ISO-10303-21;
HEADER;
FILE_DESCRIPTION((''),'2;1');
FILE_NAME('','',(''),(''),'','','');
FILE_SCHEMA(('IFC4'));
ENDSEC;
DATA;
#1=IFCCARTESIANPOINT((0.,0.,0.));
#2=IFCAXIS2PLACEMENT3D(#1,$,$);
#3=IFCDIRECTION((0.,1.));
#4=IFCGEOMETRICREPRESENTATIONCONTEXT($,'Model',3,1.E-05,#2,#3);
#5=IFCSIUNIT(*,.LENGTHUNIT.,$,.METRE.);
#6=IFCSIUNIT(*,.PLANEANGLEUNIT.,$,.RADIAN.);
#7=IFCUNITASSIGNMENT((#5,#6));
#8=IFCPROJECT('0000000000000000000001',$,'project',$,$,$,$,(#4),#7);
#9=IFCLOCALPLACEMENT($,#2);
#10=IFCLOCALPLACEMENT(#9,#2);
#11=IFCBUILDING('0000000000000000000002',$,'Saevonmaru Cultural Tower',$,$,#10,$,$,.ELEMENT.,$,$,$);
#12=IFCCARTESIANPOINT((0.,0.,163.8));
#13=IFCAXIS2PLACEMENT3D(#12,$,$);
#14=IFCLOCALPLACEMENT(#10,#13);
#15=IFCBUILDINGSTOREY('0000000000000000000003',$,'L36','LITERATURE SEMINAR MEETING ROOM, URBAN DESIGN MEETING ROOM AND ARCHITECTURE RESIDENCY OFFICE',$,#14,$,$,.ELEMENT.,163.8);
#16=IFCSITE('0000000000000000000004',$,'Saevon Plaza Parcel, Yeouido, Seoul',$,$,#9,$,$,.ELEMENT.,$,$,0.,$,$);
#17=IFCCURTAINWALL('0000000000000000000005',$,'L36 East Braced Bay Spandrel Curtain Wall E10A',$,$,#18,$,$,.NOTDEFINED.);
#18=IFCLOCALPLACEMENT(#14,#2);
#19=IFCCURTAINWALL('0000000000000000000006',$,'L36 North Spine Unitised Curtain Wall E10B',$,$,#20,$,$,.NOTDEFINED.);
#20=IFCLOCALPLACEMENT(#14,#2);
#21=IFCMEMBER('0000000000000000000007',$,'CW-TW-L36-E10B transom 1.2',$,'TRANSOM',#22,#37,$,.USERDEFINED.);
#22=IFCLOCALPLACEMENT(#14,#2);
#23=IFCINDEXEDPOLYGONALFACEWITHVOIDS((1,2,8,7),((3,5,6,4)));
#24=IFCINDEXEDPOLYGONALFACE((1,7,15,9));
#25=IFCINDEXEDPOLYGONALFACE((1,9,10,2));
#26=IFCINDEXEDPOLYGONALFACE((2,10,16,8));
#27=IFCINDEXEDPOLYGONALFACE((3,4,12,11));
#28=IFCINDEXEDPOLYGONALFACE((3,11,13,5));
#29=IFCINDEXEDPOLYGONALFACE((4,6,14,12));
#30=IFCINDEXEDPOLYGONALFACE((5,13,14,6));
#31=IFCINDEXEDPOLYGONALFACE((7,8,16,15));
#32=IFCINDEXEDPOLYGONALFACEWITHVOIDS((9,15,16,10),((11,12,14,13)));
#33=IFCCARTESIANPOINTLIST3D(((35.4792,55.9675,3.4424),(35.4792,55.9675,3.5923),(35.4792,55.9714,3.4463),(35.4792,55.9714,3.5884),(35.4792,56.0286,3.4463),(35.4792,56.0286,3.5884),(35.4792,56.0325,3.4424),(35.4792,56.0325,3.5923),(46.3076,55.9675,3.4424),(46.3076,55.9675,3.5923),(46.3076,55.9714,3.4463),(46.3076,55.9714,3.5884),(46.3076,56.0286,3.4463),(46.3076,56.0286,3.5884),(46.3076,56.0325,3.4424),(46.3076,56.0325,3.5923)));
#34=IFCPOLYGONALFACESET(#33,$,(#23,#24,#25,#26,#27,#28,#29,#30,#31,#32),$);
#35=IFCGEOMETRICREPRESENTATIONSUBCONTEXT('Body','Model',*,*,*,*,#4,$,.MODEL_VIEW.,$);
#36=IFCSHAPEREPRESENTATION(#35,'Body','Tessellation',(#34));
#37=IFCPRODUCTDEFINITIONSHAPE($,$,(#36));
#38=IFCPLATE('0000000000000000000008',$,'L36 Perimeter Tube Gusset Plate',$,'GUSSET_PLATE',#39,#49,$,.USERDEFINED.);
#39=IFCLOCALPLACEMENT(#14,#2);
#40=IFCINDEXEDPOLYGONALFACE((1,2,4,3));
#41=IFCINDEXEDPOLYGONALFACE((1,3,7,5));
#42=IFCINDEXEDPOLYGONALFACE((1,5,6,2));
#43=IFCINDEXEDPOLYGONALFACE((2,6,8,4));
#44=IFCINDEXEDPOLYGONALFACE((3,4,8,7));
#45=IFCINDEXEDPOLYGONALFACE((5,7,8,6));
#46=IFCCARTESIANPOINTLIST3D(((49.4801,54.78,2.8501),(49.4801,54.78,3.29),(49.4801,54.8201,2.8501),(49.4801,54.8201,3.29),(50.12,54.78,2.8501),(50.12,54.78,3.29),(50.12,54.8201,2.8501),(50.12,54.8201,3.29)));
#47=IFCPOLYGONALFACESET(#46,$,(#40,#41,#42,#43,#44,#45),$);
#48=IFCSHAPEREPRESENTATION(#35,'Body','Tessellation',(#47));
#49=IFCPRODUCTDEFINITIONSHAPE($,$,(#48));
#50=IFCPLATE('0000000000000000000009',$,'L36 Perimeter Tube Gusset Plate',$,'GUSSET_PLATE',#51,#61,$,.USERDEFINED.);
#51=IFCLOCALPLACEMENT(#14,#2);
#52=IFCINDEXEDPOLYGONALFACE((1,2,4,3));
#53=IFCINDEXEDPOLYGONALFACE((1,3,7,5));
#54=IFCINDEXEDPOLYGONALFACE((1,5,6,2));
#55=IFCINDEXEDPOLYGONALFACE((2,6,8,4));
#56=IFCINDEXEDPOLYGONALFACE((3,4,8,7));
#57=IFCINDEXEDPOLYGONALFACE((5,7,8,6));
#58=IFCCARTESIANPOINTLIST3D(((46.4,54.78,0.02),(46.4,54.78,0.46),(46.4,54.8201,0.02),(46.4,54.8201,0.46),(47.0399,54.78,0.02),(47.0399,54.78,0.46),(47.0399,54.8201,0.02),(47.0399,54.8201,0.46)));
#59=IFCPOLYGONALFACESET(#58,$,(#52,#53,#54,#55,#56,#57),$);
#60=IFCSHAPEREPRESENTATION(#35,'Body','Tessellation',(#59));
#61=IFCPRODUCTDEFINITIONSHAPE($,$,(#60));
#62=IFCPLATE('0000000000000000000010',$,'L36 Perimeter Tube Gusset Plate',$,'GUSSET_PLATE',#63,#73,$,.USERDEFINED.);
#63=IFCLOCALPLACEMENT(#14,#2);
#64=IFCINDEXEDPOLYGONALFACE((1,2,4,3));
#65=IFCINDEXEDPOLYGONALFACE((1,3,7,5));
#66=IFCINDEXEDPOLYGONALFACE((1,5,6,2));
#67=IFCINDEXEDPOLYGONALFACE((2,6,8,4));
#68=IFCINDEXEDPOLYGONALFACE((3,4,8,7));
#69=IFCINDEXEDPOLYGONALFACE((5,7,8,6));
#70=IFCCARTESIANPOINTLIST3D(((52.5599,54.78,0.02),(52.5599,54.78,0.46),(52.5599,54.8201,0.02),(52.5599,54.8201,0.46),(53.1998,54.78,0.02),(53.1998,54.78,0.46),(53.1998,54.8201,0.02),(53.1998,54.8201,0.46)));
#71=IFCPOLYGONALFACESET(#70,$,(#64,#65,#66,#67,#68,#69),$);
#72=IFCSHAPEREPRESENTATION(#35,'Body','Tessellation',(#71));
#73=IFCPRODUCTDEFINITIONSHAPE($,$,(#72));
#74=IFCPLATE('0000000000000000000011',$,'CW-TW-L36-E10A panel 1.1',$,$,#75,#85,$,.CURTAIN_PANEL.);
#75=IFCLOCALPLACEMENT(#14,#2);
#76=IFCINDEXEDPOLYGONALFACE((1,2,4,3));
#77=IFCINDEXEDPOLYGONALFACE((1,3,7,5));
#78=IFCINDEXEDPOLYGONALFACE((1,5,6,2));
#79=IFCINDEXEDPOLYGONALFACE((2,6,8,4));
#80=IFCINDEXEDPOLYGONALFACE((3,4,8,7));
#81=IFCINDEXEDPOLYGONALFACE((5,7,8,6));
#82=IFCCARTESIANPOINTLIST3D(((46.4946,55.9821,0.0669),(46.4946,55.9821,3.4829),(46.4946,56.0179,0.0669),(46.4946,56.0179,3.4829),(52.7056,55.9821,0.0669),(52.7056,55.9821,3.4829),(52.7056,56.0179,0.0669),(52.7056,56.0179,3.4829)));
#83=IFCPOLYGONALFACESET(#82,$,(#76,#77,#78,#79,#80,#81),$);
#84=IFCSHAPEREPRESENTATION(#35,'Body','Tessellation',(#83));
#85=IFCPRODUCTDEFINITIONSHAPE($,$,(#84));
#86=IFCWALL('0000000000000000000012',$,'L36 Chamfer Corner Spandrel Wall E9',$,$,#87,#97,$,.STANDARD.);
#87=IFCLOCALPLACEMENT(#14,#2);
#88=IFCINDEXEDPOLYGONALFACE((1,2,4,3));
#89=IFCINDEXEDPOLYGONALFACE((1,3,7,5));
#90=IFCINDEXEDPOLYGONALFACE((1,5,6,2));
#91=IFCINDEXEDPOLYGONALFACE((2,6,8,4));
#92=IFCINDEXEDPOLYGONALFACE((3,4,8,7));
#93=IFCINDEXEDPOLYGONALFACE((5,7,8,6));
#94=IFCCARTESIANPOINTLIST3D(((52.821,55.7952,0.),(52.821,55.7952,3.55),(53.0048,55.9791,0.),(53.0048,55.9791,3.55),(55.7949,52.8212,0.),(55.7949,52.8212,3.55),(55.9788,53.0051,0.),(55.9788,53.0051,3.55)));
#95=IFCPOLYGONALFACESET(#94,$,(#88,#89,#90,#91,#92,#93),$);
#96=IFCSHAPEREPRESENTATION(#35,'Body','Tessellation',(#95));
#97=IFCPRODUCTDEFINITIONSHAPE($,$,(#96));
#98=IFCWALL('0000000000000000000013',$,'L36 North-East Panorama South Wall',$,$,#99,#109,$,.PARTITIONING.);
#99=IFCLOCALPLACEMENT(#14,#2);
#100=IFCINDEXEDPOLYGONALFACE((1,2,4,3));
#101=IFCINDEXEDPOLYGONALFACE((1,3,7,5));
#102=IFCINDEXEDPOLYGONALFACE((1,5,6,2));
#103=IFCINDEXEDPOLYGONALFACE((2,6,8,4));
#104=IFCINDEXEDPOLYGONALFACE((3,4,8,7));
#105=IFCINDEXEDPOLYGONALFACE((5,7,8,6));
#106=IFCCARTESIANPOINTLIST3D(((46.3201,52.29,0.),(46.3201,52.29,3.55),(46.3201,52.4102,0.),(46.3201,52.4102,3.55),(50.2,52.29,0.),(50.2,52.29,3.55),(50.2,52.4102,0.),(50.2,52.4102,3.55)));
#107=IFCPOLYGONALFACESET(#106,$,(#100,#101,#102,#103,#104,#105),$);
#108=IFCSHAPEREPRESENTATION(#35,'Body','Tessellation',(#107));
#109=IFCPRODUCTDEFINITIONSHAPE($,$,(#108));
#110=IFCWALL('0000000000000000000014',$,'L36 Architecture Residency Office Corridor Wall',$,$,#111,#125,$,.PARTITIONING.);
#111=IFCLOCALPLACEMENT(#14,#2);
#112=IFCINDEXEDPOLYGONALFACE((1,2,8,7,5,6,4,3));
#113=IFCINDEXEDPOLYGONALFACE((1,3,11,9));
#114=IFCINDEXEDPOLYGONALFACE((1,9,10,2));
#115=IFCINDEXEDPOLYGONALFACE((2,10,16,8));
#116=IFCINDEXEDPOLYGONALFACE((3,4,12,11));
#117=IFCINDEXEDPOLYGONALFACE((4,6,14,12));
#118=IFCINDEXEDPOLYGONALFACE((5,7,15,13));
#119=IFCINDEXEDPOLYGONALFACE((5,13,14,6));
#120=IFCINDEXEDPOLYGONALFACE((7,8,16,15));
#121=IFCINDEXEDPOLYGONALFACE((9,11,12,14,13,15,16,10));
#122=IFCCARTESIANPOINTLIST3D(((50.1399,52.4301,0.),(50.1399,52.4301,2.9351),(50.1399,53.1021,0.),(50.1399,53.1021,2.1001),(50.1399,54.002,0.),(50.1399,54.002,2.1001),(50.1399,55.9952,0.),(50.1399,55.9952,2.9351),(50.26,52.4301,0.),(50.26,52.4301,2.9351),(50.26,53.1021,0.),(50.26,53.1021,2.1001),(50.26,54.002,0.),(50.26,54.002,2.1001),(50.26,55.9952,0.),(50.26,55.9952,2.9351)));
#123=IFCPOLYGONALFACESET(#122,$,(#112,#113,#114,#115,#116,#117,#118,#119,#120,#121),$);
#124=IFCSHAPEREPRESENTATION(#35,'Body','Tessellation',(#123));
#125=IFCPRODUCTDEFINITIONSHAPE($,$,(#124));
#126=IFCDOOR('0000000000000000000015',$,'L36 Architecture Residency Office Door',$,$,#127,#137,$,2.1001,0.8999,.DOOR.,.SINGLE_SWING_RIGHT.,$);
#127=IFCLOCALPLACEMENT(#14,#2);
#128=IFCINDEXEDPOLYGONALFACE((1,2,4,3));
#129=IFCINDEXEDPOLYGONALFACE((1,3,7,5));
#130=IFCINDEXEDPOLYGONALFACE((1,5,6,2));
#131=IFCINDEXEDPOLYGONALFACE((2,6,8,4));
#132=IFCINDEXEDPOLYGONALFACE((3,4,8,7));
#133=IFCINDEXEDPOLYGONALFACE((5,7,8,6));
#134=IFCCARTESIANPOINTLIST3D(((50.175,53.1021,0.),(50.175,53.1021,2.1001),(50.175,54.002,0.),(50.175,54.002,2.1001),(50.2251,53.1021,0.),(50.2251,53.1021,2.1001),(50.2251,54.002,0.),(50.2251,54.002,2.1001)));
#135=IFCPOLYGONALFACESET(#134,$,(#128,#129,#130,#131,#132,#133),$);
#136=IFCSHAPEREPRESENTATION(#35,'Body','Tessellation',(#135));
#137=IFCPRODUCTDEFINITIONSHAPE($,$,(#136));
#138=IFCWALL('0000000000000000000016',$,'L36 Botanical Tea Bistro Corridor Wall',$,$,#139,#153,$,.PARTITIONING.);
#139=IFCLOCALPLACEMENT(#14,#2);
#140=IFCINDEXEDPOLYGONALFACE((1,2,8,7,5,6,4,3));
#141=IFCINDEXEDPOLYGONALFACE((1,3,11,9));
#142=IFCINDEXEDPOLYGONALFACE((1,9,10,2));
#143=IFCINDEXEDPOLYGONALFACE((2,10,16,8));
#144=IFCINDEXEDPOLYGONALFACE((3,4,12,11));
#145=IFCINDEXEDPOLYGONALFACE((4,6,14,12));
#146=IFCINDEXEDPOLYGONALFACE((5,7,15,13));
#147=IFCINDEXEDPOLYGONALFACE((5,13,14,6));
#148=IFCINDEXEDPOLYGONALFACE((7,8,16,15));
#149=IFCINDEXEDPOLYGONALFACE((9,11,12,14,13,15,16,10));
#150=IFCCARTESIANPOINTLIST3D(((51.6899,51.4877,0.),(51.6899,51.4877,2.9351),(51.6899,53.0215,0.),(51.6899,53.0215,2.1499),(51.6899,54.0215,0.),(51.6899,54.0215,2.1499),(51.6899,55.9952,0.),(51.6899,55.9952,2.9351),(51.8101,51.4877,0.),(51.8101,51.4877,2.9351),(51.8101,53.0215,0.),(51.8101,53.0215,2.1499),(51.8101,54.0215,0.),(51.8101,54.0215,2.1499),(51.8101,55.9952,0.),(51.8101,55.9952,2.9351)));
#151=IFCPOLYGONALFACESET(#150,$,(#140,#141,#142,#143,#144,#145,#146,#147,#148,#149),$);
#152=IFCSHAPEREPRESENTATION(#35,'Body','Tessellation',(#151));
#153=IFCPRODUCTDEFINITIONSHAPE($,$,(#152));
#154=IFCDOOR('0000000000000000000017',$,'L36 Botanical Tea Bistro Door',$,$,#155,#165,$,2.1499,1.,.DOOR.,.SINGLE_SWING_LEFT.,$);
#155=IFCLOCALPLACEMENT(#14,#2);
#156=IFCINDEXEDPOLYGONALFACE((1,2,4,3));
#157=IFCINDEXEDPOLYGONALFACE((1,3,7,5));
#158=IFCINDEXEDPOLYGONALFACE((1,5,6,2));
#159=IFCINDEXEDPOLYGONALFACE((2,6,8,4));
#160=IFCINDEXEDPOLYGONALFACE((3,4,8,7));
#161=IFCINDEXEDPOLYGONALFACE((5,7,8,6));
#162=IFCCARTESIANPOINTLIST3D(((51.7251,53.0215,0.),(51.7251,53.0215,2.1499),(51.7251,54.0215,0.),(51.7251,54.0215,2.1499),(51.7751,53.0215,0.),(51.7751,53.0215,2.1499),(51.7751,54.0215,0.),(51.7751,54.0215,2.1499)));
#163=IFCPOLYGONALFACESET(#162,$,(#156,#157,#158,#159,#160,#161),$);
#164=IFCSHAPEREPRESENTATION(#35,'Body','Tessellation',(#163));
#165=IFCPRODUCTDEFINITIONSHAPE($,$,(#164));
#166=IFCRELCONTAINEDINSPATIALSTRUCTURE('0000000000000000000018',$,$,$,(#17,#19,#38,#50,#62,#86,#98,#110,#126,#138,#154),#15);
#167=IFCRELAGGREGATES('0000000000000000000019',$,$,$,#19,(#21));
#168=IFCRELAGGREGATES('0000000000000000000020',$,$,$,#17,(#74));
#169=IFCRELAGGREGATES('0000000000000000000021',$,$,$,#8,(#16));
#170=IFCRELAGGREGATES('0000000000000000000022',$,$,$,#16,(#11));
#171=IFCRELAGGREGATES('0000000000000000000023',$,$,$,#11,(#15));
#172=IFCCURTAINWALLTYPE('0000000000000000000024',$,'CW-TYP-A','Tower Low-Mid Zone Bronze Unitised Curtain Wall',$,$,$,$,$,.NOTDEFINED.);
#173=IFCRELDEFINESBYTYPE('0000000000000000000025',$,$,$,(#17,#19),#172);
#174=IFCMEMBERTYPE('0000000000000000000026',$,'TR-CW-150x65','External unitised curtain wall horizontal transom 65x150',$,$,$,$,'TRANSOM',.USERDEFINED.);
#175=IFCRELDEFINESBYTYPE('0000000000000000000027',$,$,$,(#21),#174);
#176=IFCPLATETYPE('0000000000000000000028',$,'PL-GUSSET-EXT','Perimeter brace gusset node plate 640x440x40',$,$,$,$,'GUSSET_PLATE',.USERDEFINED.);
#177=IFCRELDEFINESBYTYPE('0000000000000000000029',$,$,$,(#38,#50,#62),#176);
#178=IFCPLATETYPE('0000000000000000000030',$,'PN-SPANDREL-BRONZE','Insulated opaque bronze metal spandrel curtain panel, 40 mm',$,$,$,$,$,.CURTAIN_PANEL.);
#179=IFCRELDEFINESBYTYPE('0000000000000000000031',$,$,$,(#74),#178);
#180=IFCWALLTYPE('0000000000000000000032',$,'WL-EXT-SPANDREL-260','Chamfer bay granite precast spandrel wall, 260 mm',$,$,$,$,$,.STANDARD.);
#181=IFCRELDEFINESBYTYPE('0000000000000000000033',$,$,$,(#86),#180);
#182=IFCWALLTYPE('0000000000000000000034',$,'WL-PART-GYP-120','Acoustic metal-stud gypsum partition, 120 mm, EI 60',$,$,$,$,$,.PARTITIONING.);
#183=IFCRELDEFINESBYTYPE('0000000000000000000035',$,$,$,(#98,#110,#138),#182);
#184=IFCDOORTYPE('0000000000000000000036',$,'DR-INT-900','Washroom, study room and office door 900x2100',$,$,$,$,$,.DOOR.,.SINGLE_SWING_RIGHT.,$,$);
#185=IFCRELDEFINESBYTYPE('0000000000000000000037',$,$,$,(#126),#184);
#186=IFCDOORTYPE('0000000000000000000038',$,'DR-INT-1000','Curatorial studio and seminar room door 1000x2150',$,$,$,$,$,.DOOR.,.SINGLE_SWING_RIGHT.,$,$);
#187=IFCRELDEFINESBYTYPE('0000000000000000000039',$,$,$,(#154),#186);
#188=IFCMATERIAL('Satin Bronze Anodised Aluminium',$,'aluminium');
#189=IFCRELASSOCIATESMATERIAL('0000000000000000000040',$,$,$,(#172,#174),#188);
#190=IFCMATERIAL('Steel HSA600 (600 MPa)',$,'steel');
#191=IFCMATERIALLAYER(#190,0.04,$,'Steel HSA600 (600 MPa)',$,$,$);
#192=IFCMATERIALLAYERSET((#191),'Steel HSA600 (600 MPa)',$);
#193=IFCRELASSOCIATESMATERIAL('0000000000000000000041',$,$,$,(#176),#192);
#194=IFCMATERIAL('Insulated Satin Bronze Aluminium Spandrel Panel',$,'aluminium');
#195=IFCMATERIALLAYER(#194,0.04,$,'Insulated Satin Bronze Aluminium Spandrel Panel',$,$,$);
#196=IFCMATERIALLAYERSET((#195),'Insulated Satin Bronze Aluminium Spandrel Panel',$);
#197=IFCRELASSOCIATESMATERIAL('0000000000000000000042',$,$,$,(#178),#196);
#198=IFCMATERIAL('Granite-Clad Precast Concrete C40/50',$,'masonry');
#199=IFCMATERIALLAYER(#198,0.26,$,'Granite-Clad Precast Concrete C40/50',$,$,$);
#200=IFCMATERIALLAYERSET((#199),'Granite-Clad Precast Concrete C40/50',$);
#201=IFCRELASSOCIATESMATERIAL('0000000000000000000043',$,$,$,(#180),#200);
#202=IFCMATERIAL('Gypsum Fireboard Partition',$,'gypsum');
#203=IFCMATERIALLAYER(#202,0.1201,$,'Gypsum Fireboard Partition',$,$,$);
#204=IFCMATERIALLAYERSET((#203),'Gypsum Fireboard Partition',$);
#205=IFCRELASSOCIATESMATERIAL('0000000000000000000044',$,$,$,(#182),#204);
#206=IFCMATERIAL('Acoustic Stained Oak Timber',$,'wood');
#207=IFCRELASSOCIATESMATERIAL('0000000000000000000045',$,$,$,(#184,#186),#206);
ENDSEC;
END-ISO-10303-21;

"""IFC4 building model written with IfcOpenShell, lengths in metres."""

from ifc_helpers import new_model, si_unit, direction, frame, frame_2d, origin, origin_2d, place, context, subcontext, project, spatial, rectangle, hollow_rectangle, extrude, material, layer, layer_set, material_profile, profile_set, type_object, element, fill, aggregate, save


model = new_model("IFC4")

# Units and contexts
model_context = context("Model", 3, precision=1e-05, world=origin(), true_north=direction((0.0, 1.0)))
body_context = subcontext(model_context, "Body", "Model", "MODEL_VIEW")
ifc_project = project(units=[si_unit("LENGTHUNIT", "METRE"), si_unit("PLANEANGLEUNIT", "RADIAN")], contexts=[model_context])

# Site, building, storey
site_placement = place(None, origin())
site = spatial("IfcSite", under=ifc_project, at=site_placement, Name="Saevon Plaza Parcel, Yeouido, Seoul", CompositionType="ELEMENT", RefElevation=0.0)
building_placement = place(site_placement, origin())
building = spatial("IfcBuilding", under=site, at=building_placement, Name="Saevonmaru Cultural Tower", CompositionType="ELEMENT")
storey_placement = place(building_placement, frame((0.0, 0.0, 163.8)))
storey = spatial("IfcBuildingStorey", under=building, at=storey_placement, Name="L36", Description="LITERATURE SEMINAR MEETING ROOM, URBAN DESIGN MEETING ROOM AND ARCHITECTURE RESIDENCY OFFICE", CompositionType="ELEMENT", Elevation=163.8)

# Shared definitions
ifc_material_1 = material(Name="Satin Bronze Anodised Aluminium", Category="aluminium")
curtain_wall_type = type_object("IfcCurtainWallType", Name="CW-TYP-A", Description="Tower Low-Mid Zone Bronze Unitised Curtain Wall", PredefinedType="NOTDEFINED", material=ifc_material_1)

# Curtain wall
curtain_wall_1_placement = place(storey_placement, origin())
curtain_wall_1 = element("IfcCurtainWall", 1, at=curtain_wall_1_placement, inside=storey, type_object=curtain_wall_type, Name="L36 East Braced Bay Spandrel Curtain Wall E10A", PredefinedType="NOTDEFINED")

# Curtain wall
curtain_wall_2_placement = place(storey_placement, origin())
curtain_wall_2 = element("IfcCurtainWall", 2, at=curtain_wall_2_placement, inside=storey, type_object=curtain_wall_type, Name="L36 North Spine Unitised Curtain Wall E10B", PredefinedType="NOTDEFINED")

# Member
ifc_material_profile_1 = material_profile(ifc_material_1, hollow_rectangle(XDim=0.0649, YDim=0.1499, WallThickness=0.0039, at=origin_2d()), Name="ALU-TRAN-150x65x4")
ifc_profile_set_1 = profile_set([ifc_material_profile_1], Name="Satin Bronze Anodised Aluminium")
member_type_1 = type_object("IfcMemberType", Name="TR-CW-150x65", Description="External unitised curtain wall horizontal transom 65x150", ElementType="TRANSOM", PredefinedType="USERDEFINED", material=ifc_profile_set_1)
member_1_placement = place(storey_placement, frame((46.3076, 56.0, 3.5173), z_axis=(-1.0, 0.0, 0.0), x_axis=(0.0, -1.0, 0.0)))
member_1 = element("IfcMember", 3, at=member_1_placement, type_object=member_type_1, Name="CW-TW-L36-E10B transom 1.2", ObjectType="TRANSOM", PredefinedType="USERDEFINED", context=body_context, shape_type="SweptSolid", body=[
    extrude(hollow_rectangle(XDim=0.0649, YDim=0.1499, WallThickness=0.0039, at=origin_2d()), origin(), (0.0, 0.0, 1.0), 10.8284),
])
aggregate(curtain_wall_2, [member_1])

# Plates
ifc_material_2 = material(Name="Steel HSA600 (600 MPa)", Category="steel")
ifc_layer_1 = layer(ifc_material_2, 0.04, Name="Steel HSA600 (600 MPa)")
ifc_layer_set_1 = layer_set([ifc_layer_1], Name="Steel HSA600 (600 MPa)")
plate_type_1 = type_object("IfcPlateType", Name="PL-GUSSET-EXT", Description="Perimeter brace gusset node plate 640x440x40", ElementType="GUSSET_PLATE", PredefinedType="USERDEFINED", material=ifc_layer_set_1)
for number, where, z_axis, x_axis, name in (
    (4, (49.8, 54.8, 2.8501), (0.0, 0.0, 1.0), (1.0, 0.0, 0.0), "L36 Perimeter Tube Gusset Plate"),
    (5, (46.72, 54.8, 0.02), (0.0, 0.0, 1.0), (1.0, 0.0, 0.0), "L36 Perimeter Tube Gusset Plate"),
    (6, (52.8799, 54.8, 0.02), (0.0, 0.0, 1.0), (1.0, 0.0, 0.0), "L36 Perimeter Tube Gusset Plate"),
):
    element("IfcPlate", number, at=place(storey_placement, frame(where, z_axis=z_axis, x_axis=x_axis)), inside=storey, type_object=plate_type_1, Name=name, ObjectType="GUSSET_PLATE", PredefinedType="USERDEFINED", context=body_context, shape_type="SweptSolid", body=[
        extrude(rectangle(XDim=0.6399, YDim=0.04, at=origin_2d()), origin(), (0.0, 0.0, 1.0), 0.4399),
    ])

# Plate
ifc_material_3 = material(Name="Insulated Satin Bronze Aluminium Spandrel Panel", Category="aluminium")
ifc_layer_2 = layer(ifc_material_3, 0.04, Name="Insulated Satin Bronze Aluminium Spandrel Panel")
ifc_layer_set_2 = layer_set([ifc_layer_2], Name="Insulated Satin Bronze Aluminium Spandrel Panel")
plate_type_2 = type_object("IfcPlateType", Name="PN-SPANDREL-BRONZE", Description="Insulated opaque bronze metal spandrel curtain panel, 40 mm", PredefinedType="CURTAIN_PANEL", material=ifc_layer_set_2)
plate_placement = place(storey_placement, frame((49.6001, 56.0, 0.0669), z_axis=(0.0, 0.0, 1.0), x_axis=(-1.0, 0.0, 0.0)))
plate = element("IfcPlate", 7, at=plate_placement, type_object=plate_type_2, Name="CW-TW-L36-E10A panel 1.1", PredefinedType="CURTAIN_PANEL", context=body_context, shape_type="SweptSolid", body=[
    extrude(rectangle(XDim=6.2109, YDim=0.0359, at=origin_2d()), origin(), (0.0, 0.0, 1.0), 3.416),
])
aggregate(curtain_wall_1, [plate])

# Walls
ifc_material_4 = material(Name="Granite-Clad Precast Concrete C40/50", Category="masonry")
ifc_layer_3 = layer(ifc_material_4, 0.26, Name="Granite-Clad Precast Concrete C40/50")
ifc_layer_set_3 = layer_set([ifc_layer_3], Name="Granite-Clad Precast Concrete C40/50")
wall_type_1 = type_object("IfcWallType", Name="WL-EXT-SPANDREL-260", Description="Chamfer bay granite precast spandrel wall, 260 mm", PredefinedType="STANDARD", material=ifc_layer_set_3)
wall_1_placement = place(storey_placement, frame((55.887, 52.9131, 0.0), z_axis=(0.0, 0.0, 1.0), x_axis=(-0.707107, 0.707107, 0.0)))
element("IfcWall", 8, at=wall_1_placement, inside=storey, type_object=wall_type_1, Name="L36 Chamfer Corner Spandrel Wall E9", PredefinedType="STANDARD", context=body_context, shape_type="SweptSolid", body=[
    extrude(rectangle(XDim=4.2058, YDim=0.26, at=frame_2d((2.103, 0.0))), origin(), (0.0, 0.0, 1.0), 3.55),
])
ifc_material_5 = material(Name="Gypsum Fireboard Partition", Category="gypsum")
ifc_layer_4 = layer(ifc_material_5, 0.1201, Name="Gypsum Fireboard Partition")
ifc_layer_set_4 = layer_set([ifc_layer_4], Name="Gypsum Fireboard Partition")
wall_type_2 = type_object("IfcWallType", Name="WL-PART-GYP-120", Description="Acoustic metal-stud gypsum partition, 120 mm, EI 60", PredefinedType="PARTITIONING", material=ifc_layer_set_4)
wall_2_placement = place(storey_placement, frame((46.3201, 52.3501, 0.0), z_axis=(0.0, 0.0, 1.0), x_axis=(1.0, 0.0, 0.0)))
element("IfcWall", 9, at=wall_2_placement, inside=storey, type_object=wall_type_2, Name="L36 North-East Panorama South Wall", PredefinedType="PARTITIONING", context=body_context, shape_type="SweptSolid", body=[
    extrude(rectangle(XDim=3.8799, YDim=0.1201, at=frame_2d((1.9399, 0.0))), origin(), (0.0, 0.0, 1.0), 3.55),
])

# Walls, openings, doors
wall_3_placement = place(storey_placement, frame((50.2, 52.4299, 0.0), z_axis=(0.0, 0.0, 1.0), x_axis=(0.0, 1.0, 0.0)))
wall_3 = element("IfcWall", 10, at=wall_3_placement, inside=storey, type_object=wall_type_2, Name="L36 Architecture Residency Office Corridor Wall", PredefinedType="PARTITIONING", context=body_context, shape_type="SweptSolid", body=[
    extrude(rectangle(XDim=3.5652, YDim=0.1201, at=frame_2d((1.7827, 0.0))), origin(), (0.0, 0.0, 1.0), 2.9351),
])
opening_1_placement = place(wall_3_placement, frame((0.6721, 0.0, 0.0)))
opening_1 = element("IfcOpeningElement", 11, at=opening_1_placement, cuts=wall_3, PredefinedType="OPENING", context=body_context, shape_type="SweptSolid", body=[
    extrude(rectangle(XDim=0.8999, YDim=2.1001, at=frame_2d((0.45, 1.05))), frame((0.0, 0.0701, 0.0), z_axis=(0.0, -1.0, 0.0), x_axis=(1.0, 0.0, 0.0)), (0.0, 0.0, 1.0), 0.1401),
])
ifc_material_6 = material(Name="Acoustic Stained Oak Timber", Category="wood")
door_type_1 = type_object("IfcDoorType", Name="DR-INT-900", Description="Washroom, study room and office door 900x2100", OperationType="SINGLE_SWING_RIGHT", PredefinedType="DOOR", material=ifc_material_6)
door_1_placement = place(opening_1_placement, origin())
door_1 = element("IfcDoor", 12, at=door_1_placement, inside=storey, type_object=door_type_1, Name="L36 Architecture Residency Office Door", OperationType="SINGLE_SWING_RIGHT", OverallHeight=2.1001, OverallWidth=0.8999, PredefinedType="DOOR", context=body_context, shape_type="SweptSolid", body=[
    extrude(rectangle(XDim=0.8999, YDim=2.1001, at=frame_2d((0.45, 1.05))), frame((0.0, 0.0249, 0.0), z_axis=(0.0, -1.0, 0.0), x_axis=(1.0, 0.0, 0.0)), (0.0, 0.0, 1.0), 0.05),
])
fill(opening_1, door_1)
wall_4_placement = place(storey_placement, frame((51.75, 51.4875, 0.0), z_axis=(0.0, 0.0, 1.0), x_axis=(0.0, 1.0, 0.0)))
wall_4 = element("IfcWall", 13, at=wall_4_placement, inside=storey, type_object=wall_type_2, Name="L36 Botanical Tea Bistro Corridor Wall", PredefinedType="PARTITIONING", context=body_context, shape_type="SweptSolid", body=[
    extrude(rectangle(XDim=4.5076, YDim=0.1201, at=frame_2d((2.2539, 0.0))), origin(), (0.0, 0.0, 1.0), 2.9351),
])
opening_2_placement = place(wall_4_placement, frame((1.5339, 0.0, 0.0)))
opening_2 = element("IfcOpeningElement", 14, at=opening_2_placement, cuts=wall_4, PredefinedType="OPENING", context=body_context, shape_type="SweptSolid", body=[
    extrude(rectangle(XDim=1.0, YDim=2.1499, at=frame_2d((0.5, 1.075))), frame((0.0, 0.0701, 0.0), z_axis=(0.0, -1.0, 0.0), x_axis=(1.0, 0.0, 0.0)), (0.0, 0.0, 1.0), 0.1401),
])
door_type_2 = type_object("IfcDoorType", Name="DR-INT-1000", Description="Curatorial studio and seminar room door 1000x2150", OperationType="SINGLE_SWING_RIGHT", PredefinedType="DOOR", material=ifc_material_6)
door_2_placement = place(opening_2_placement, origin())
door_2 = element("IfcDoor", 15, at=door_2_placement, inside=storey, type_object=door_type_2, Name="L36 Botanical Tea Bistro Door", OperationType="SINGLE_SWING_LEFT", OverallHeight=2.1499, OverallWidth=1.0, PredefinedType="DOOR", context=body_context, shape_type="SweptSolid", body=[
    extrude(rectangle(XDim=1.0, YDim=2.1499, at=frame_2d((0.5, 1.075))), frame((0.0, 0.0249, 0.0), z_axis=(0.0, -1.0, 0.0), x_axis=(1.0, 0.0, 0.0)), (0.0, 0.0, 1.0), 0.05),
])
fill(opening_2, door_2)

save(model, "model.ifc")
